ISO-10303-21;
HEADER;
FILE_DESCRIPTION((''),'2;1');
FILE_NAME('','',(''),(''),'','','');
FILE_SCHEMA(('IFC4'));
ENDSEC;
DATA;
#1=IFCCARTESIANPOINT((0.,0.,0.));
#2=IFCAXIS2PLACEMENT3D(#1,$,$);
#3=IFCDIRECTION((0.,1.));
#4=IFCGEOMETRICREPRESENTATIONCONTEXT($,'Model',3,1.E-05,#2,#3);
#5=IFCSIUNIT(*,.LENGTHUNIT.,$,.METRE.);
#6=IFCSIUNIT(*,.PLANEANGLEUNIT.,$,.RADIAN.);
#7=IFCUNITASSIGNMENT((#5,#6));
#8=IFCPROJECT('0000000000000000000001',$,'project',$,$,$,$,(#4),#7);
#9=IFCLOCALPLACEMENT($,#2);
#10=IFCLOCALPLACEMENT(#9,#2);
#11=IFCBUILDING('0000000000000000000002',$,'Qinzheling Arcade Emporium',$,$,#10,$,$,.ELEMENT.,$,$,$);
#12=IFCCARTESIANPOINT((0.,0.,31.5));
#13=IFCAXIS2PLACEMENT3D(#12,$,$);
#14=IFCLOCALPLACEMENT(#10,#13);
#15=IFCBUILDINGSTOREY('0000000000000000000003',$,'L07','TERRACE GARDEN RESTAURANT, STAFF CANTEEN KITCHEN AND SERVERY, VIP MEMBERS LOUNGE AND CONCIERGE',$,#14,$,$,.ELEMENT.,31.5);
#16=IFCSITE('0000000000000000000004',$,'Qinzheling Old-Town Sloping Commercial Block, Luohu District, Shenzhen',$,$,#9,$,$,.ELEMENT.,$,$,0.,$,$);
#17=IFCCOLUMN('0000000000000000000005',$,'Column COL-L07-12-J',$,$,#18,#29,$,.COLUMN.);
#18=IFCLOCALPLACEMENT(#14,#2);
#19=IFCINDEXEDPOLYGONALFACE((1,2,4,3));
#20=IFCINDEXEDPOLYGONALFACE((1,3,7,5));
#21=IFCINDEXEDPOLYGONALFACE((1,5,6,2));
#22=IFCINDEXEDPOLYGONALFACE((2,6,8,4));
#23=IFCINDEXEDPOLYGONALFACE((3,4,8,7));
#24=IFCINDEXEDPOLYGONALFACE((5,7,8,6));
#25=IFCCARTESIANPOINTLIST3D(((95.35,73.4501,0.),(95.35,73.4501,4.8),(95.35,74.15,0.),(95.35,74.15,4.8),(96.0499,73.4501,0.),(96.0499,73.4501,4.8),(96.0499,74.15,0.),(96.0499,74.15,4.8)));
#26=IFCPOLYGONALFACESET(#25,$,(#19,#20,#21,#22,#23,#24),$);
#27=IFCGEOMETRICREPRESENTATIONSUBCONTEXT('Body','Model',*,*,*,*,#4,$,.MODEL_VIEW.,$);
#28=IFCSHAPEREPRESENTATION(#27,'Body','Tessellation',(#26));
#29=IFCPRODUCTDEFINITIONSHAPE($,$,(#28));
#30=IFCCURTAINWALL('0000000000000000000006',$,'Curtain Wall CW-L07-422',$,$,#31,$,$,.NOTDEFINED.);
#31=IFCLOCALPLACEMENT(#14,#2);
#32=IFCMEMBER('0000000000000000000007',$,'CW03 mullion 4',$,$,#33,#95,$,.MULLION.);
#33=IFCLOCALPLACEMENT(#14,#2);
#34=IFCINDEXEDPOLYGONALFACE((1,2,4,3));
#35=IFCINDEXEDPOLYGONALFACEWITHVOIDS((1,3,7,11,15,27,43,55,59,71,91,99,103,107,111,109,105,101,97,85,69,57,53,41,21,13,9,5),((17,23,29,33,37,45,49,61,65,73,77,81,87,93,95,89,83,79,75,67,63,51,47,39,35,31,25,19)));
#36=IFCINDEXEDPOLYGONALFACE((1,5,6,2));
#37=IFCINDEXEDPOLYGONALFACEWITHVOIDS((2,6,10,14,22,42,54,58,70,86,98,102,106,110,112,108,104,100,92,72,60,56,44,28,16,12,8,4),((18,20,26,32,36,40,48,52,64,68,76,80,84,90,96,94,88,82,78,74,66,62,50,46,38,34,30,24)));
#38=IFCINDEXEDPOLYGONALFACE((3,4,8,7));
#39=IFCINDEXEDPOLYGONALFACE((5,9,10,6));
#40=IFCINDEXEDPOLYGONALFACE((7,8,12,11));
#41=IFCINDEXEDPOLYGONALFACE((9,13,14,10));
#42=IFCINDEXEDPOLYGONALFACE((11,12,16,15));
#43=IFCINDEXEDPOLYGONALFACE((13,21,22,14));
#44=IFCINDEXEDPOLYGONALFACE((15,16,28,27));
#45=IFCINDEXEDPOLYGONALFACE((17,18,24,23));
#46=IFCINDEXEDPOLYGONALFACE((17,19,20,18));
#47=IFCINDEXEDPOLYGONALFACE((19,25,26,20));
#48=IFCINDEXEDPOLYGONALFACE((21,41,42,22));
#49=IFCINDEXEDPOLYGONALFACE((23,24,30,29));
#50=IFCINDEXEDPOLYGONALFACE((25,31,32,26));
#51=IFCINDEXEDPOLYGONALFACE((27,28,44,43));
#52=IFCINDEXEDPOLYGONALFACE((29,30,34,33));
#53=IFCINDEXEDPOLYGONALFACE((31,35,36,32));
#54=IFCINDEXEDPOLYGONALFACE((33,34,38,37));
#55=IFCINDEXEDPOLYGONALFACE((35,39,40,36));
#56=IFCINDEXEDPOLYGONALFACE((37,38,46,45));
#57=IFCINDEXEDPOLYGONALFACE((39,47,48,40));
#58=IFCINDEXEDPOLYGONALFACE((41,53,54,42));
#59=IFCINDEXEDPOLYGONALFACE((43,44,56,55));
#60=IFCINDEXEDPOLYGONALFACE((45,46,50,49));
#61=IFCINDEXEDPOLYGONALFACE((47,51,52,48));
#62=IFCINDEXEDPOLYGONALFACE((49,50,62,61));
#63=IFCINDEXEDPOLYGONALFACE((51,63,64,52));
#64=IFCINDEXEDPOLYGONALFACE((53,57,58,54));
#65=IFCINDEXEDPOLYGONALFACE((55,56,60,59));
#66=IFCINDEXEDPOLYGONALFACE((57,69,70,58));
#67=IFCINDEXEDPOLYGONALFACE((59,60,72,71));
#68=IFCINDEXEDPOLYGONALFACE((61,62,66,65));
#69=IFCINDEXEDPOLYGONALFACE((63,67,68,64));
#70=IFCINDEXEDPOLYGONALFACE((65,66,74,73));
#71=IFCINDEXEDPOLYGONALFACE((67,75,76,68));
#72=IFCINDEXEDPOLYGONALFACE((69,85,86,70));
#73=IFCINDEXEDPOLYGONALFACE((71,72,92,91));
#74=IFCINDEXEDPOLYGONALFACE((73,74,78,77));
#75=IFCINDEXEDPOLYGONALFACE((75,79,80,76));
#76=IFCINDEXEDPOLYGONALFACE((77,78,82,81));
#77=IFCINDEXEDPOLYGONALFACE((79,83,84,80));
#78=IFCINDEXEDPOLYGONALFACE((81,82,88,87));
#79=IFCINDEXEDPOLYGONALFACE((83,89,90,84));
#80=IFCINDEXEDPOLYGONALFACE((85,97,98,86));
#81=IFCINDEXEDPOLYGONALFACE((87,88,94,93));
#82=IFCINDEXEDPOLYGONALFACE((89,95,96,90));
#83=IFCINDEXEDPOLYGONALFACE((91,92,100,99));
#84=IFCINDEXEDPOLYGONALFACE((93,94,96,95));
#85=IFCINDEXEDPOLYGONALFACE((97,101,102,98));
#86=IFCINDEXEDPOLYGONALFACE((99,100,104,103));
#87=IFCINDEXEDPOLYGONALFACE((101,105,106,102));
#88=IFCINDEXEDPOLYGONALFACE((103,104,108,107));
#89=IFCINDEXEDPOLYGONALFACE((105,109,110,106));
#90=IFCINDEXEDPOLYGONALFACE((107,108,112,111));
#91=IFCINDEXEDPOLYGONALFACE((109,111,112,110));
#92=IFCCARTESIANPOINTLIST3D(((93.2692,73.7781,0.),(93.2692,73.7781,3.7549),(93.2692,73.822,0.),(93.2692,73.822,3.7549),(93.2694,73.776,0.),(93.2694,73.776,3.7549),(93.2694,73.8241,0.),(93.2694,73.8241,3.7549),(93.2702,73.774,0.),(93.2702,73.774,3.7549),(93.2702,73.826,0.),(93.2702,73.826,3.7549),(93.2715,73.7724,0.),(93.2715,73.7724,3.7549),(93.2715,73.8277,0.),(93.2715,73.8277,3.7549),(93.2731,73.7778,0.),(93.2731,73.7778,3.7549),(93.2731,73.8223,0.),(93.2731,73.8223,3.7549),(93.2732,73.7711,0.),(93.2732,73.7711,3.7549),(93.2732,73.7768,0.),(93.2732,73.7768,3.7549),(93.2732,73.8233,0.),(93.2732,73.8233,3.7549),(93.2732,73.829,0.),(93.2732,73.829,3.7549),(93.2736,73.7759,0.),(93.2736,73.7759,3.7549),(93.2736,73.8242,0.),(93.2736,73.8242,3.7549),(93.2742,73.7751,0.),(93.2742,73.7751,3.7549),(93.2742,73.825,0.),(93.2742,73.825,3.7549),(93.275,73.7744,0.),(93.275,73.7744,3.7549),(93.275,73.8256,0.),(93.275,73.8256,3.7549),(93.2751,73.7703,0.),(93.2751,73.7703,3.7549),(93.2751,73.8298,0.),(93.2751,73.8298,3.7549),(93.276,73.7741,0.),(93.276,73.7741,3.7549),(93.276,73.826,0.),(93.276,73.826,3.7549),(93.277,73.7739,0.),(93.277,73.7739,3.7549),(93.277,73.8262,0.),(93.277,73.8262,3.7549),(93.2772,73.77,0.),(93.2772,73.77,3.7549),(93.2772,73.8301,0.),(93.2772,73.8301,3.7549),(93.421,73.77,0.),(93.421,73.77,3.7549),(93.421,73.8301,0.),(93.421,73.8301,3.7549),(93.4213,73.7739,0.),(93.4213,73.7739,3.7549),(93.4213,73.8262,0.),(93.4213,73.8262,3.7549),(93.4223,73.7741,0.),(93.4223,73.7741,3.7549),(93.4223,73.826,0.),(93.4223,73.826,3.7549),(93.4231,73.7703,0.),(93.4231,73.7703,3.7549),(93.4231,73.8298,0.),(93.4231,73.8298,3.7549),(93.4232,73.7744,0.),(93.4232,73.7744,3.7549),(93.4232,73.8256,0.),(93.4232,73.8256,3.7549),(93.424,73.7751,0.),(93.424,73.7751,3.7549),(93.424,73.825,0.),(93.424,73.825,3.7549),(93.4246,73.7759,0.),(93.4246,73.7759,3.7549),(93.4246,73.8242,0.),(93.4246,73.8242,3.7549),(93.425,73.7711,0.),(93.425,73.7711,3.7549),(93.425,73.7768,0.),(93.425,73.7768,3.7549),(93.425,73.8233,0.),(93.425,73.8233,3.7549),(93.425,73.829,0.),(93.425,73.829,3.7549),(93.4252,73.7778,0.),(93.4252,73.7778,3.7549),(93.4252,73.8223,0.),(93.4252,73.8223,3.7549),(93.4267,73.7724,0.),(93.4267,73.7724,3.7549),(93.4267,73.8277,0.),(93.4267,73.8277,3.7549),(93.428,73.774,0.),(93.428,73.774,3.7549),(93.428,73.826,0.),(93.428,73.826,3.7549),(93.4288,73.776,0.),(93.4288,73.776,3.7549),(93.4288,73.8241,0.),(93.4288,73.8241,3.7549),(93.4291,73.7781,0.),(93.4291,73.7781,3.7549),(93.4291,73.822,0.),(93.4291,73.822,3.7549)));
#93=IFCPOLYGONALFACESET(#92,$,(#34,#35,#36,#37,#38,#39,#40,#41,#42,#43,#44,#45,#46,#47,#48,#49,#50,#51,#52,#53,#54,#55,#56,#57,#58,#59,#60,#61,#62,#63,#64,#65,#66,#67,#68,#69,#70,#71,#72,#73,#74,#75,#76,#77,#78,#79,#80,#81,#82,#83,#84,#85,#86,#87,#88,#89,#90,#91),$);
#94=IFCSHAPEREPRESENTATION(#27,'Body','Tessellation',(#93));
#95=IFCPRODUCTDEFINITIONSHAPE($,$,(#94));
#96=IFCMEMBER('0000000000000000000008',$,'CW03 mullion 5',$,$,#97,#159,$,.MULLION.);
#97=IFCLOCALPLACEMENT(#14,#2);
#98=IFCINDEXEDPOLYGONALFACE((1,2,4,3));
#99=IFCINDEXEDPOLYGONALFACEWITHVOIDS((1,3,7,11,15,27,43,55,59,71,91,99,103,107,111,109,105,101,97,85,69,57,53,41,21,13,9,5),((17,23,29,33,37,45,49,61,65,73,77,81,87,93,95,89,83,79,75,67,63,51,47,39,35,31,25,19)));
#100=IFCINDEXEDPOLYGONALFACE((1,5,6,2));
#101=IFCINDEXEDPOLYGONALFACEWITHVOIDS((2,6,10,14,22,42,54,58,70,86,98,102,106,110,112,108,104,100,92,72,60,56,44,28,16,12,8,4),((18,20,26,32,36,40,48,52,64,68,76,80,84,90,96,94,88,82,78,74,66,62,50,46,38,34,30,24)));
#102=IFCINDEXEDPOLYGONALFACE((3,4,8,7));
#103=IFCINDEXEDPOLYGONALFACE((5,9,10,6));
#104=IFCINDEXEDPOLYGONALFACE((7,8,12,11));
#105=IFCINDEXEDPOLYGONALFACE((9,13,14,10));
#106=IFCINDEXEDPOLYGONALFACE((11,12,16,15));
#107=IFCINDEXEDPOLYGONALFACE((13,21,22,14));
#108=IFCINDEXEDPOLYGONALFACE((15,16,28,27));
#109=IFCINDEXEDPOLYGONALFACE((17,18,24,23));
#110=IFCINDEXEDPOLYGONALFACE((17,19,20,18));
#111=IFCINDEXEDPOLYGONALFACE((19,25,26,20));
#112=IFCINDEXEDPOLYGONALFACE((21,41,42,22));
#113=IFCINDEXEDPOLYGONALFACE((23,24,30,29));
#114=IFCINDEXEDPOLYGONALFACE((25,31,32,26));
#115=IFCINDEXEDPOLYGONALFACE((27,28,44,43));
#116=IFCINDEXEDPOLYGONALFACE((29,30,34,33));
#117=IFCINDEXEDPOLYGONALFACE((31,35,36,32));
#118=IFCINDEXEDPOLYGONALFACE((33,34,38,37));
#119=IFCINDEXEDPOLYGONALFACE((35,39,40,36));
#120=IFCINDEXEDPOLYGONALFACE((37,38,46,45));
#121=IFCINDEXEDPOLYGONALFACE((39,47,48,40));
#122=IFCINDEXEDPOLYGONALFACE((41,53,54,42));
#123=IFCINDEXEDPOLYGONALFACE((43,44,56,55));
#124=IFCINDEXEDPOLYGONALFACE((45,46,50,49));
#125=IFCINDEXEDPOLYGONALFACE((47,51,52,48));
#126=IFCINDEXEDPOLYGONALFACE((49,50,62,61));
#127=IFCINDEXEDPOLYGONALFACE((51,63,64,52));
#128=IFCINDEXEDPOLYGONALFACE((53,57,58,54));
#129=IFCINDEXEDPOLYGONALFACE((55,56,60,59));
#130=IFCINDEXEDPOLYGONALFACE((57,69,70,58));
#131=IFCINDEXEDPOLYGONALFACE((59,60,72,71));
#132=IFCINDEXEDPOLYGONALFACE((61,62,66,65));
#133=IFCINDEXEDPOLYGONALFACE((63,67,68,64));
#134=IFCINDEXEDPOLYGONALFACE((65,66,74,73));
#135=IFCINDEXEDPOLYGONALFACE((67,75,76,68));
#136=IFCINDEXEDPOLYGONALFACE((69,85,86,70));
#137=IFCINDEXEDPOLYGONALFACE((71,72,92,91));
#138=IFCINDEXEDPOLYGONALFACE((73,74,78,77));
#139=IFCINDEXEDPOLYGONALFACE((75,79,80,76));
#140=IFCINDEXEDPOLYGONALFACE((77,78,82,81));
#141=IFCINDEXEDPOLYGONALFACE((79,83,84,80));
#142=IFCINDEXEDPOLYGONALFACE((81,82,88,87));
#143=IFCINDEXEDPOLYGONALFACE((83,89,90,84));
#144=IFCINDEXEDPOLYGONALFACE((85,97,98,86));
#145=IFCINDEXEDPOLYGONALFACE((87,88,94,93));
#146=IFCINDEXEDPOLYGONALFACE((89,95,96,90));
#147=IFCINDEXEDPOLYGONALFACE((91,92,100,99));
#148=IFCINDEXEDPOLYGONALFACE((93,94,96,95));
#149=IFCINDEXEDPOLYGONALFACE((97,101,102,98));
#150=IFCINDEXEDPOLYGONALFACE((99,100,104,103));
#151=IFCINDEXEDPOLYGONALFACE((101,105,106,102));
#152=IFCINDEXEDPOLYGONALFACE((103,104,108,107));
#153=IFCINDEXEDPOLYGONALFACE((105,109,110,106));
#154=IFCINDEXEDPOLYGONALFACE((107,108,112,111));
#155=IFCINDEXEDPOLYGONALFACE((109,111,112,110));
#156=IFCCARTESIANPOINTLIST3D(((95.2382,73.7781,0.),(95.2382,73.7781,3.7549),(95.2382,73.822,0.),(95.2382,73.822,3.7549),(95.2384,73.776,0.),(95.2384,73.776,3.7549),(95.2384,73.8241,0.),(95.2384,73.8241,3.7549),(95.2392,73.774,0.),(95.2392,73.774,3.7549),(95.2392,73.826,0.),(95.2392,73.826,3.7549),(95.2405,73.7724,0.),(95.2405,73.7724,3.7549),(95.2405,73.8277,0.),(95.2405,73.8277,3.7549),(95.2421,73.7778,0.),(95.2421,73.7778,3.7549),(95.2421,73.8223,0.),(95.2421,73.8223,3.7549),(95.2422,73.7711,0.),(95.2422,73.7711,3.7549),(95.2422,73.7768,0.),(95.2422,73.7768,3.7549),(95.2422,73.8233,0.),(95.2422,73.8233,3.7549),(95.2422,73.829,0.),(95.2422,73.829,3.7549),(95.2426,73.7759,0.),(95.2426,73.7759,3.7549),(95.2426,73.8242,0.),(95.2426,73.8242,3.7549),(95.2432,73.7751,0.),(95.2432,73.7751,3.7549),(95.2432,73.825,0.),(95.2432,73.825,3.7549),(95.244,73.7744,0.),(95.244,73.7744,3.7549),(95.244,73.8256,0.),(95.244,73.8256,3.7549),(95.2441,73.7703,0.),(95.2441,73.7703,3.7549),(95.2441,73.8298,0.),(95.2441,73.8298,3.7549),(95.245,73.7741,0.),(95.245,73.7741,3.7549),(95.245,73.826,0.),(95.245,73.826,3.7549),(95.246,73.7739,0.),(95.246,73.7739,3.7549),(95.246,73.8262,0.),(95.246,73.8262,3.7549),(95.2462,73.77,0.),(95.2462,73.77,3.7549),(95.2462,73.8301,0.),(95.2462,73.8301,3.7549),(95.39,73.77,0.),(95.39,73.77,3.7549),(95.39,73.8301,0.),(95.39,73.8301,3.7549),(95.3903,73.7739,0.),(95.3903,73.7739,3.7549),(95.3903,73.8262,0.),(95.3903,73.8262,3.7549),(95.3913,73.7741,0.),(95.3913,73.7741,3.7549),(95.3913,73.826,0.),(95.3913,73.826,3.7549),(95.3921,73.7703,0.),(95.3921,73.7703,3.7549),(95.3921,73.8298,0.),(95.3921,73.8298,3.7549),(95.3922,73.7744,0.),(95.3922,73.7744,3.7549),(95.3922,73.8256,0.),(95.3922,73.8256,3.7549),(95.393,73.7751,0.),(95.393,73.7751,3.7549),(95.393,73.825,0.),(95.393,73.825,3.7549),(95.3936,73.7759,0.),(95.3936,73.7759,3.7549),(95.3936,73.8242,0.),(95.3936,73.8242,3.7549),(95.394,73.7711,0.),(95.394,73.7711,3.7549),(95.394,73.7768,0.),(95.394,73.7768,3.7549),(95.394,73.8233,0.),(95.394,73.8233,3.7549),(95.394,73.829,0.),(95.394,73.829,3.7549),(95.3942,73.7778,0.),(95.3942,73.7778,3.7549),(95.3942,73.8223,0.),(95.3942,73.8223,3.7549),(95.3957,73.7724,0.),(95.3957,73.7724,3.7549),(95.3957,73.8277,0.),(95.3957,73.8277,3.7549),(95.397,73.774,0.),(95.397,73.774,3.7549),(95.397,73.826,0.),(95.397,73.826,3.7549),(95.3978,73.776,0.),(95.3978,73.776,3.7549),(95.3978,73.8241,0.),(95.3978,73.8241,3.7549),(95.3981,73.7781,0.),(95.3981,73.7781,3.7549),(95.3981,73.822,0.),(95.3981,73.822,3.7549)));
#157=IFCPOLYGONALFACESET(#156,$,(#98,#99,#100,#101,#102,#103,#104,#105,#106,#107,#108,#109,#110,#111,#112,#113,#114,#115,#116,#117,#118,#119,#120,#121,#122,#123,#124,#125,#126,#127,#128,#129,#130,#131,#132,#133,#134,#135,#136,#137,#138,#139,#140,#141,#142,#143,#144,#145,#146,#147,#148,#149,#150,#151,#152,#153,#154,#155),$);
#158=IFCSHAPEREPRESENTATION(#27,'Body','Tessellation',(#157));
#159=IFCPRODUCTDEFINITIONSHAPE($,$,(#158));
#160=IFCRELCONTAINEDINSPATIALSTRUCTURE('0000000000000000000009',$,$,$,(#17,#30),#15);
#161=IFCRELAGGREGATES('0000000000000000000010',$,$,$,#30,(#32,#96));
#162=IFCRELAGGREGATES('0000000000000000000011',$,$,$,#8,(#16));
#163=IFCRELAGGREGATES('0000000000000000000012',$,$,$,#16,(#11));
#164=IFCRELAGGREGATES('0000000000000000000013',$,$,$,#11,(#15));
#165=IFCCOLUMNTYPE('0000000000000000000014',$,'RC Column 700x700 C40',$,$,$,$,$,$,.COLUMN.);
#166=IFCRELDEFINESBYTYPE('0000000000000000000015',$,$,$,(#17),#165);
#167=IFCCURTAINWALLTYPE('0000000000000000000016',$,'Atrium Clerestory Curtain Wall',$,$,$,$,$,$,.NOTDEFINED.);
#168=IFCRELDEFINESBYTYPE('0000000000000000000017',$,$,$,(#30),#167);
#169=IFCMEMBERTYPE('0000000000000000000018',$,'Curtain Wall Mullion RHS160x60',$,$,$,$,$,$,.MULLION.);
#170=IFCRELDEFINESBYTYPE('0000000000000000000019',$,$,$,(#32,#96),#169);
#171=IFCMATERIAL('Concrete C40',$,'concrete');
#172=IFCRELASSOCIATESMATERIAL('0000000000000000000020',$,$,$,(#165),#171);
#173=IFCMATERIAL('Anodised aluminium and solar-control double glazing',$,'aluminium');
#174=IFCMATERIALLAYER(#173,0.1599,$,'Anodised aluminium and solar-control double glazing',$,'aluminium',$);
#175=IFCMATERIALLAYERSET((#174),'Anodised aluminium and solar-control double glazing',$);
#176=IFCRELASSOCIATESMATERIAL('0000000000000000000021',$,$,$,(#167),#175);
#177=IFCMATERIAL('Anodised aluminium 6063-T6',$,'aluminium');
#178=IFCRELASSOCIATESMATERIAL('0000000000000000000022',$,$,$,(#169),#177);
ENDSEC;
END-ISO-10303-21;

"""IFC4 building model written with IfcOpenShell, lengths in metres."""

from ifc_helpers import new_model, si_unit, direction, frame, origin, origin_2d, place, context, subcontext, project, spatial, rectangle, hollow_rectangle, extrude, material, layer, layer_set, material_profile, profile_set, type_object, element, aggregate, save


model = new_model("IFC4")

# Units and contexts
model_context = context("Model", 3, precision=1e-05, world=origin(), true_north=direction((0.0, 1.0)))
body_context = subcontext(model_context, "Body", "Model", "MODEL_VIEW")
ifc_project = project(units=[si_unit("LENGTHUNIT", "METRE"), si_unit("PLANEANGLEUNIT", "RADIAN")], contexts=[model_context])

# Site, building, storey
site_placement = place(None, origin())
site = spatial("IfcSite", under=ifc_project, at=site_placement, Name="Qinzheling Old-Town Sloping Commercial Block, Luohu District, Shenzhen", CompositionType="ELEMENT", RefElevation=0.0)
building_placement = place(site_placement, origin())
building = spatial("IfcBuilding", under=site, at=building_placement, Name="Qinzheling Arcade Emporium", CompositionType="ELEMENT")
storey_placement = place(building_placement, frame((0.0, 0.0, 31.5)))
storey = spatial("IfcBuildingStorey", under=building, at=storey_placement, Name="L07", Description="TERRACE GARDEN RESTAURANT, STAFF CANTEEN KITCHEN AND SERVERY, VIP MEMBERS LOUNGE AND CONCIERGE", CompositionType="ELEMENT", Elevation=31.5)

# Column
ifc_material_1 = material(Name="Concrete C40", Category="concrete")
ifc_material_profile_1 = material_profile(ifc_material_1, rectangle(XDim=0.7, YDim=0.7, at=origin_2d()), Name="RC 700x700", Category="concrete")
ifc_profile_set_1 = profile_set([ifc_material_profile_1], Name="Concrete C40")
column_type = type_object("IfcColumnType", Name="RC Column 700x700 C40", PredefinedType="COLUMN", material=ifc_profile_set_1)
column_placement = place(storey_placement, frame((95.7, 73.8, 0.0), z_axis=(0.0, 0.0, 1.0), x_axis=(1.0, 0.0, 0.0)))
element("IfcColumn", 1, at=column_placement, inside=storey, type_object=column_type, Name="Column COL-L07-12-J", PredefinedType="COLUMN", context=body_context, shape_type="SweptSolid", body=[
    extrude(rectangle(XDim=0.7, YDim=0.7, at=origin_2d()), origin(), (0.0, 0.0, 1.0), 4.8),
])

# Curtain wall, members
ifc_material_2 = material(Name="Anodised aluminium and solar-control double glazing", Category="aluminium")
ifc_layer_1 = layer(ifc_material_2, 0.1599, Name="Anodised aluminium and solar-control double glazing", Category="aluminium")
ifc_layer_set_1 = layer_set([ifc_layer_1], Name="Anodised aluminium and solar-control double glazing")
curtain_wall_type = type_object("IfcCurtainWallType", Name="Atrium Clerestory Curtain Wall", PredefinedType="NOTDEFINED", material=ifc_layer_set_1)
curtain_wall_1_placement = place(storey_placement, origin())
curtain_wall_1 = element("IfcCurtainWall", 2, at=curtain_wall_1_placement, inside=storey, type_object=curtain_wall_type, Name="Curtain Wall CW-L07-422", PredefinedType="NOTDEFINED")
ifc_material_3 = material(Name="Anodised aluminium 6063-T6", Category="aluminium")
ifc_material_profile_2 = material_profile(ifc_material_3, hollow_rectangle(XDim=0.0601, YDim=0.1599, WallThickness=0.0039, InnerFilletRadius=0.0039, OuterFilletRadius=0.0081, at=origin_2d()), Name="RHS 160x60x4", Category="aluminium")
ifc_profile_set_2 = profile_set([ifc_material_profile_2], Name="Anodised aluminium 6063-T6")
member_type_1 = type_object("IfcMemberType", Name="Curtain Wall Mullion RHS160x60", PredefinedType="MULLION", material=ifc_profile_set_2)
member_1_placement = place(storey_placement, frame((93.3491, 73.8, 0.0), z_axis=(0.0, 0.0, 1.0), x_axis=(0.0, 1.0, 0.0)))
member_1 = element("IfcMember", 3, at=member_1_placement, type_object=member_type_1, Name="CW03 mullion 4", PredefinedType="MULLION", context=body_context, shape_type="SweptSolid", body=[
    extrude(hollow_rectangle(XDim=0.0601, YDim=0.1599, WallThickness=0.0039, InnerFilletRadius=0.0039, OuterFilletRadius=0.0081, at=origin_2d()), origin(), (0.0, 0.0, 1.0), 3.7549),
])
member_2_placement = place(storey_placement, frame((95.3181, 73.8, 0.0), z_axis=(0.0, 0.0, 1.0), x_axis=(0.0, 1.0, 0.0)))
member_2 = element("IfcMember", 4, at=member_2_placement, type_object=member_type_1, Name="CW03 mullion 5", PredefinedType="MULLION", context=body_context, shape_type="SweptSolid", body=[
    extrude(hollow_rectangle(XDim=0.0601, YDim=0.1599, WallThickness=0.0039, InnerFilletRadius=0.0039, OuterFilletRadius=0.0081, at=origin_2d()), origin(), (0.0, 0.0, 1.0), 3.7549),
])

aggregate(curtain_wall_1, [member_1, member_2])

save(model, "model.ifc")
